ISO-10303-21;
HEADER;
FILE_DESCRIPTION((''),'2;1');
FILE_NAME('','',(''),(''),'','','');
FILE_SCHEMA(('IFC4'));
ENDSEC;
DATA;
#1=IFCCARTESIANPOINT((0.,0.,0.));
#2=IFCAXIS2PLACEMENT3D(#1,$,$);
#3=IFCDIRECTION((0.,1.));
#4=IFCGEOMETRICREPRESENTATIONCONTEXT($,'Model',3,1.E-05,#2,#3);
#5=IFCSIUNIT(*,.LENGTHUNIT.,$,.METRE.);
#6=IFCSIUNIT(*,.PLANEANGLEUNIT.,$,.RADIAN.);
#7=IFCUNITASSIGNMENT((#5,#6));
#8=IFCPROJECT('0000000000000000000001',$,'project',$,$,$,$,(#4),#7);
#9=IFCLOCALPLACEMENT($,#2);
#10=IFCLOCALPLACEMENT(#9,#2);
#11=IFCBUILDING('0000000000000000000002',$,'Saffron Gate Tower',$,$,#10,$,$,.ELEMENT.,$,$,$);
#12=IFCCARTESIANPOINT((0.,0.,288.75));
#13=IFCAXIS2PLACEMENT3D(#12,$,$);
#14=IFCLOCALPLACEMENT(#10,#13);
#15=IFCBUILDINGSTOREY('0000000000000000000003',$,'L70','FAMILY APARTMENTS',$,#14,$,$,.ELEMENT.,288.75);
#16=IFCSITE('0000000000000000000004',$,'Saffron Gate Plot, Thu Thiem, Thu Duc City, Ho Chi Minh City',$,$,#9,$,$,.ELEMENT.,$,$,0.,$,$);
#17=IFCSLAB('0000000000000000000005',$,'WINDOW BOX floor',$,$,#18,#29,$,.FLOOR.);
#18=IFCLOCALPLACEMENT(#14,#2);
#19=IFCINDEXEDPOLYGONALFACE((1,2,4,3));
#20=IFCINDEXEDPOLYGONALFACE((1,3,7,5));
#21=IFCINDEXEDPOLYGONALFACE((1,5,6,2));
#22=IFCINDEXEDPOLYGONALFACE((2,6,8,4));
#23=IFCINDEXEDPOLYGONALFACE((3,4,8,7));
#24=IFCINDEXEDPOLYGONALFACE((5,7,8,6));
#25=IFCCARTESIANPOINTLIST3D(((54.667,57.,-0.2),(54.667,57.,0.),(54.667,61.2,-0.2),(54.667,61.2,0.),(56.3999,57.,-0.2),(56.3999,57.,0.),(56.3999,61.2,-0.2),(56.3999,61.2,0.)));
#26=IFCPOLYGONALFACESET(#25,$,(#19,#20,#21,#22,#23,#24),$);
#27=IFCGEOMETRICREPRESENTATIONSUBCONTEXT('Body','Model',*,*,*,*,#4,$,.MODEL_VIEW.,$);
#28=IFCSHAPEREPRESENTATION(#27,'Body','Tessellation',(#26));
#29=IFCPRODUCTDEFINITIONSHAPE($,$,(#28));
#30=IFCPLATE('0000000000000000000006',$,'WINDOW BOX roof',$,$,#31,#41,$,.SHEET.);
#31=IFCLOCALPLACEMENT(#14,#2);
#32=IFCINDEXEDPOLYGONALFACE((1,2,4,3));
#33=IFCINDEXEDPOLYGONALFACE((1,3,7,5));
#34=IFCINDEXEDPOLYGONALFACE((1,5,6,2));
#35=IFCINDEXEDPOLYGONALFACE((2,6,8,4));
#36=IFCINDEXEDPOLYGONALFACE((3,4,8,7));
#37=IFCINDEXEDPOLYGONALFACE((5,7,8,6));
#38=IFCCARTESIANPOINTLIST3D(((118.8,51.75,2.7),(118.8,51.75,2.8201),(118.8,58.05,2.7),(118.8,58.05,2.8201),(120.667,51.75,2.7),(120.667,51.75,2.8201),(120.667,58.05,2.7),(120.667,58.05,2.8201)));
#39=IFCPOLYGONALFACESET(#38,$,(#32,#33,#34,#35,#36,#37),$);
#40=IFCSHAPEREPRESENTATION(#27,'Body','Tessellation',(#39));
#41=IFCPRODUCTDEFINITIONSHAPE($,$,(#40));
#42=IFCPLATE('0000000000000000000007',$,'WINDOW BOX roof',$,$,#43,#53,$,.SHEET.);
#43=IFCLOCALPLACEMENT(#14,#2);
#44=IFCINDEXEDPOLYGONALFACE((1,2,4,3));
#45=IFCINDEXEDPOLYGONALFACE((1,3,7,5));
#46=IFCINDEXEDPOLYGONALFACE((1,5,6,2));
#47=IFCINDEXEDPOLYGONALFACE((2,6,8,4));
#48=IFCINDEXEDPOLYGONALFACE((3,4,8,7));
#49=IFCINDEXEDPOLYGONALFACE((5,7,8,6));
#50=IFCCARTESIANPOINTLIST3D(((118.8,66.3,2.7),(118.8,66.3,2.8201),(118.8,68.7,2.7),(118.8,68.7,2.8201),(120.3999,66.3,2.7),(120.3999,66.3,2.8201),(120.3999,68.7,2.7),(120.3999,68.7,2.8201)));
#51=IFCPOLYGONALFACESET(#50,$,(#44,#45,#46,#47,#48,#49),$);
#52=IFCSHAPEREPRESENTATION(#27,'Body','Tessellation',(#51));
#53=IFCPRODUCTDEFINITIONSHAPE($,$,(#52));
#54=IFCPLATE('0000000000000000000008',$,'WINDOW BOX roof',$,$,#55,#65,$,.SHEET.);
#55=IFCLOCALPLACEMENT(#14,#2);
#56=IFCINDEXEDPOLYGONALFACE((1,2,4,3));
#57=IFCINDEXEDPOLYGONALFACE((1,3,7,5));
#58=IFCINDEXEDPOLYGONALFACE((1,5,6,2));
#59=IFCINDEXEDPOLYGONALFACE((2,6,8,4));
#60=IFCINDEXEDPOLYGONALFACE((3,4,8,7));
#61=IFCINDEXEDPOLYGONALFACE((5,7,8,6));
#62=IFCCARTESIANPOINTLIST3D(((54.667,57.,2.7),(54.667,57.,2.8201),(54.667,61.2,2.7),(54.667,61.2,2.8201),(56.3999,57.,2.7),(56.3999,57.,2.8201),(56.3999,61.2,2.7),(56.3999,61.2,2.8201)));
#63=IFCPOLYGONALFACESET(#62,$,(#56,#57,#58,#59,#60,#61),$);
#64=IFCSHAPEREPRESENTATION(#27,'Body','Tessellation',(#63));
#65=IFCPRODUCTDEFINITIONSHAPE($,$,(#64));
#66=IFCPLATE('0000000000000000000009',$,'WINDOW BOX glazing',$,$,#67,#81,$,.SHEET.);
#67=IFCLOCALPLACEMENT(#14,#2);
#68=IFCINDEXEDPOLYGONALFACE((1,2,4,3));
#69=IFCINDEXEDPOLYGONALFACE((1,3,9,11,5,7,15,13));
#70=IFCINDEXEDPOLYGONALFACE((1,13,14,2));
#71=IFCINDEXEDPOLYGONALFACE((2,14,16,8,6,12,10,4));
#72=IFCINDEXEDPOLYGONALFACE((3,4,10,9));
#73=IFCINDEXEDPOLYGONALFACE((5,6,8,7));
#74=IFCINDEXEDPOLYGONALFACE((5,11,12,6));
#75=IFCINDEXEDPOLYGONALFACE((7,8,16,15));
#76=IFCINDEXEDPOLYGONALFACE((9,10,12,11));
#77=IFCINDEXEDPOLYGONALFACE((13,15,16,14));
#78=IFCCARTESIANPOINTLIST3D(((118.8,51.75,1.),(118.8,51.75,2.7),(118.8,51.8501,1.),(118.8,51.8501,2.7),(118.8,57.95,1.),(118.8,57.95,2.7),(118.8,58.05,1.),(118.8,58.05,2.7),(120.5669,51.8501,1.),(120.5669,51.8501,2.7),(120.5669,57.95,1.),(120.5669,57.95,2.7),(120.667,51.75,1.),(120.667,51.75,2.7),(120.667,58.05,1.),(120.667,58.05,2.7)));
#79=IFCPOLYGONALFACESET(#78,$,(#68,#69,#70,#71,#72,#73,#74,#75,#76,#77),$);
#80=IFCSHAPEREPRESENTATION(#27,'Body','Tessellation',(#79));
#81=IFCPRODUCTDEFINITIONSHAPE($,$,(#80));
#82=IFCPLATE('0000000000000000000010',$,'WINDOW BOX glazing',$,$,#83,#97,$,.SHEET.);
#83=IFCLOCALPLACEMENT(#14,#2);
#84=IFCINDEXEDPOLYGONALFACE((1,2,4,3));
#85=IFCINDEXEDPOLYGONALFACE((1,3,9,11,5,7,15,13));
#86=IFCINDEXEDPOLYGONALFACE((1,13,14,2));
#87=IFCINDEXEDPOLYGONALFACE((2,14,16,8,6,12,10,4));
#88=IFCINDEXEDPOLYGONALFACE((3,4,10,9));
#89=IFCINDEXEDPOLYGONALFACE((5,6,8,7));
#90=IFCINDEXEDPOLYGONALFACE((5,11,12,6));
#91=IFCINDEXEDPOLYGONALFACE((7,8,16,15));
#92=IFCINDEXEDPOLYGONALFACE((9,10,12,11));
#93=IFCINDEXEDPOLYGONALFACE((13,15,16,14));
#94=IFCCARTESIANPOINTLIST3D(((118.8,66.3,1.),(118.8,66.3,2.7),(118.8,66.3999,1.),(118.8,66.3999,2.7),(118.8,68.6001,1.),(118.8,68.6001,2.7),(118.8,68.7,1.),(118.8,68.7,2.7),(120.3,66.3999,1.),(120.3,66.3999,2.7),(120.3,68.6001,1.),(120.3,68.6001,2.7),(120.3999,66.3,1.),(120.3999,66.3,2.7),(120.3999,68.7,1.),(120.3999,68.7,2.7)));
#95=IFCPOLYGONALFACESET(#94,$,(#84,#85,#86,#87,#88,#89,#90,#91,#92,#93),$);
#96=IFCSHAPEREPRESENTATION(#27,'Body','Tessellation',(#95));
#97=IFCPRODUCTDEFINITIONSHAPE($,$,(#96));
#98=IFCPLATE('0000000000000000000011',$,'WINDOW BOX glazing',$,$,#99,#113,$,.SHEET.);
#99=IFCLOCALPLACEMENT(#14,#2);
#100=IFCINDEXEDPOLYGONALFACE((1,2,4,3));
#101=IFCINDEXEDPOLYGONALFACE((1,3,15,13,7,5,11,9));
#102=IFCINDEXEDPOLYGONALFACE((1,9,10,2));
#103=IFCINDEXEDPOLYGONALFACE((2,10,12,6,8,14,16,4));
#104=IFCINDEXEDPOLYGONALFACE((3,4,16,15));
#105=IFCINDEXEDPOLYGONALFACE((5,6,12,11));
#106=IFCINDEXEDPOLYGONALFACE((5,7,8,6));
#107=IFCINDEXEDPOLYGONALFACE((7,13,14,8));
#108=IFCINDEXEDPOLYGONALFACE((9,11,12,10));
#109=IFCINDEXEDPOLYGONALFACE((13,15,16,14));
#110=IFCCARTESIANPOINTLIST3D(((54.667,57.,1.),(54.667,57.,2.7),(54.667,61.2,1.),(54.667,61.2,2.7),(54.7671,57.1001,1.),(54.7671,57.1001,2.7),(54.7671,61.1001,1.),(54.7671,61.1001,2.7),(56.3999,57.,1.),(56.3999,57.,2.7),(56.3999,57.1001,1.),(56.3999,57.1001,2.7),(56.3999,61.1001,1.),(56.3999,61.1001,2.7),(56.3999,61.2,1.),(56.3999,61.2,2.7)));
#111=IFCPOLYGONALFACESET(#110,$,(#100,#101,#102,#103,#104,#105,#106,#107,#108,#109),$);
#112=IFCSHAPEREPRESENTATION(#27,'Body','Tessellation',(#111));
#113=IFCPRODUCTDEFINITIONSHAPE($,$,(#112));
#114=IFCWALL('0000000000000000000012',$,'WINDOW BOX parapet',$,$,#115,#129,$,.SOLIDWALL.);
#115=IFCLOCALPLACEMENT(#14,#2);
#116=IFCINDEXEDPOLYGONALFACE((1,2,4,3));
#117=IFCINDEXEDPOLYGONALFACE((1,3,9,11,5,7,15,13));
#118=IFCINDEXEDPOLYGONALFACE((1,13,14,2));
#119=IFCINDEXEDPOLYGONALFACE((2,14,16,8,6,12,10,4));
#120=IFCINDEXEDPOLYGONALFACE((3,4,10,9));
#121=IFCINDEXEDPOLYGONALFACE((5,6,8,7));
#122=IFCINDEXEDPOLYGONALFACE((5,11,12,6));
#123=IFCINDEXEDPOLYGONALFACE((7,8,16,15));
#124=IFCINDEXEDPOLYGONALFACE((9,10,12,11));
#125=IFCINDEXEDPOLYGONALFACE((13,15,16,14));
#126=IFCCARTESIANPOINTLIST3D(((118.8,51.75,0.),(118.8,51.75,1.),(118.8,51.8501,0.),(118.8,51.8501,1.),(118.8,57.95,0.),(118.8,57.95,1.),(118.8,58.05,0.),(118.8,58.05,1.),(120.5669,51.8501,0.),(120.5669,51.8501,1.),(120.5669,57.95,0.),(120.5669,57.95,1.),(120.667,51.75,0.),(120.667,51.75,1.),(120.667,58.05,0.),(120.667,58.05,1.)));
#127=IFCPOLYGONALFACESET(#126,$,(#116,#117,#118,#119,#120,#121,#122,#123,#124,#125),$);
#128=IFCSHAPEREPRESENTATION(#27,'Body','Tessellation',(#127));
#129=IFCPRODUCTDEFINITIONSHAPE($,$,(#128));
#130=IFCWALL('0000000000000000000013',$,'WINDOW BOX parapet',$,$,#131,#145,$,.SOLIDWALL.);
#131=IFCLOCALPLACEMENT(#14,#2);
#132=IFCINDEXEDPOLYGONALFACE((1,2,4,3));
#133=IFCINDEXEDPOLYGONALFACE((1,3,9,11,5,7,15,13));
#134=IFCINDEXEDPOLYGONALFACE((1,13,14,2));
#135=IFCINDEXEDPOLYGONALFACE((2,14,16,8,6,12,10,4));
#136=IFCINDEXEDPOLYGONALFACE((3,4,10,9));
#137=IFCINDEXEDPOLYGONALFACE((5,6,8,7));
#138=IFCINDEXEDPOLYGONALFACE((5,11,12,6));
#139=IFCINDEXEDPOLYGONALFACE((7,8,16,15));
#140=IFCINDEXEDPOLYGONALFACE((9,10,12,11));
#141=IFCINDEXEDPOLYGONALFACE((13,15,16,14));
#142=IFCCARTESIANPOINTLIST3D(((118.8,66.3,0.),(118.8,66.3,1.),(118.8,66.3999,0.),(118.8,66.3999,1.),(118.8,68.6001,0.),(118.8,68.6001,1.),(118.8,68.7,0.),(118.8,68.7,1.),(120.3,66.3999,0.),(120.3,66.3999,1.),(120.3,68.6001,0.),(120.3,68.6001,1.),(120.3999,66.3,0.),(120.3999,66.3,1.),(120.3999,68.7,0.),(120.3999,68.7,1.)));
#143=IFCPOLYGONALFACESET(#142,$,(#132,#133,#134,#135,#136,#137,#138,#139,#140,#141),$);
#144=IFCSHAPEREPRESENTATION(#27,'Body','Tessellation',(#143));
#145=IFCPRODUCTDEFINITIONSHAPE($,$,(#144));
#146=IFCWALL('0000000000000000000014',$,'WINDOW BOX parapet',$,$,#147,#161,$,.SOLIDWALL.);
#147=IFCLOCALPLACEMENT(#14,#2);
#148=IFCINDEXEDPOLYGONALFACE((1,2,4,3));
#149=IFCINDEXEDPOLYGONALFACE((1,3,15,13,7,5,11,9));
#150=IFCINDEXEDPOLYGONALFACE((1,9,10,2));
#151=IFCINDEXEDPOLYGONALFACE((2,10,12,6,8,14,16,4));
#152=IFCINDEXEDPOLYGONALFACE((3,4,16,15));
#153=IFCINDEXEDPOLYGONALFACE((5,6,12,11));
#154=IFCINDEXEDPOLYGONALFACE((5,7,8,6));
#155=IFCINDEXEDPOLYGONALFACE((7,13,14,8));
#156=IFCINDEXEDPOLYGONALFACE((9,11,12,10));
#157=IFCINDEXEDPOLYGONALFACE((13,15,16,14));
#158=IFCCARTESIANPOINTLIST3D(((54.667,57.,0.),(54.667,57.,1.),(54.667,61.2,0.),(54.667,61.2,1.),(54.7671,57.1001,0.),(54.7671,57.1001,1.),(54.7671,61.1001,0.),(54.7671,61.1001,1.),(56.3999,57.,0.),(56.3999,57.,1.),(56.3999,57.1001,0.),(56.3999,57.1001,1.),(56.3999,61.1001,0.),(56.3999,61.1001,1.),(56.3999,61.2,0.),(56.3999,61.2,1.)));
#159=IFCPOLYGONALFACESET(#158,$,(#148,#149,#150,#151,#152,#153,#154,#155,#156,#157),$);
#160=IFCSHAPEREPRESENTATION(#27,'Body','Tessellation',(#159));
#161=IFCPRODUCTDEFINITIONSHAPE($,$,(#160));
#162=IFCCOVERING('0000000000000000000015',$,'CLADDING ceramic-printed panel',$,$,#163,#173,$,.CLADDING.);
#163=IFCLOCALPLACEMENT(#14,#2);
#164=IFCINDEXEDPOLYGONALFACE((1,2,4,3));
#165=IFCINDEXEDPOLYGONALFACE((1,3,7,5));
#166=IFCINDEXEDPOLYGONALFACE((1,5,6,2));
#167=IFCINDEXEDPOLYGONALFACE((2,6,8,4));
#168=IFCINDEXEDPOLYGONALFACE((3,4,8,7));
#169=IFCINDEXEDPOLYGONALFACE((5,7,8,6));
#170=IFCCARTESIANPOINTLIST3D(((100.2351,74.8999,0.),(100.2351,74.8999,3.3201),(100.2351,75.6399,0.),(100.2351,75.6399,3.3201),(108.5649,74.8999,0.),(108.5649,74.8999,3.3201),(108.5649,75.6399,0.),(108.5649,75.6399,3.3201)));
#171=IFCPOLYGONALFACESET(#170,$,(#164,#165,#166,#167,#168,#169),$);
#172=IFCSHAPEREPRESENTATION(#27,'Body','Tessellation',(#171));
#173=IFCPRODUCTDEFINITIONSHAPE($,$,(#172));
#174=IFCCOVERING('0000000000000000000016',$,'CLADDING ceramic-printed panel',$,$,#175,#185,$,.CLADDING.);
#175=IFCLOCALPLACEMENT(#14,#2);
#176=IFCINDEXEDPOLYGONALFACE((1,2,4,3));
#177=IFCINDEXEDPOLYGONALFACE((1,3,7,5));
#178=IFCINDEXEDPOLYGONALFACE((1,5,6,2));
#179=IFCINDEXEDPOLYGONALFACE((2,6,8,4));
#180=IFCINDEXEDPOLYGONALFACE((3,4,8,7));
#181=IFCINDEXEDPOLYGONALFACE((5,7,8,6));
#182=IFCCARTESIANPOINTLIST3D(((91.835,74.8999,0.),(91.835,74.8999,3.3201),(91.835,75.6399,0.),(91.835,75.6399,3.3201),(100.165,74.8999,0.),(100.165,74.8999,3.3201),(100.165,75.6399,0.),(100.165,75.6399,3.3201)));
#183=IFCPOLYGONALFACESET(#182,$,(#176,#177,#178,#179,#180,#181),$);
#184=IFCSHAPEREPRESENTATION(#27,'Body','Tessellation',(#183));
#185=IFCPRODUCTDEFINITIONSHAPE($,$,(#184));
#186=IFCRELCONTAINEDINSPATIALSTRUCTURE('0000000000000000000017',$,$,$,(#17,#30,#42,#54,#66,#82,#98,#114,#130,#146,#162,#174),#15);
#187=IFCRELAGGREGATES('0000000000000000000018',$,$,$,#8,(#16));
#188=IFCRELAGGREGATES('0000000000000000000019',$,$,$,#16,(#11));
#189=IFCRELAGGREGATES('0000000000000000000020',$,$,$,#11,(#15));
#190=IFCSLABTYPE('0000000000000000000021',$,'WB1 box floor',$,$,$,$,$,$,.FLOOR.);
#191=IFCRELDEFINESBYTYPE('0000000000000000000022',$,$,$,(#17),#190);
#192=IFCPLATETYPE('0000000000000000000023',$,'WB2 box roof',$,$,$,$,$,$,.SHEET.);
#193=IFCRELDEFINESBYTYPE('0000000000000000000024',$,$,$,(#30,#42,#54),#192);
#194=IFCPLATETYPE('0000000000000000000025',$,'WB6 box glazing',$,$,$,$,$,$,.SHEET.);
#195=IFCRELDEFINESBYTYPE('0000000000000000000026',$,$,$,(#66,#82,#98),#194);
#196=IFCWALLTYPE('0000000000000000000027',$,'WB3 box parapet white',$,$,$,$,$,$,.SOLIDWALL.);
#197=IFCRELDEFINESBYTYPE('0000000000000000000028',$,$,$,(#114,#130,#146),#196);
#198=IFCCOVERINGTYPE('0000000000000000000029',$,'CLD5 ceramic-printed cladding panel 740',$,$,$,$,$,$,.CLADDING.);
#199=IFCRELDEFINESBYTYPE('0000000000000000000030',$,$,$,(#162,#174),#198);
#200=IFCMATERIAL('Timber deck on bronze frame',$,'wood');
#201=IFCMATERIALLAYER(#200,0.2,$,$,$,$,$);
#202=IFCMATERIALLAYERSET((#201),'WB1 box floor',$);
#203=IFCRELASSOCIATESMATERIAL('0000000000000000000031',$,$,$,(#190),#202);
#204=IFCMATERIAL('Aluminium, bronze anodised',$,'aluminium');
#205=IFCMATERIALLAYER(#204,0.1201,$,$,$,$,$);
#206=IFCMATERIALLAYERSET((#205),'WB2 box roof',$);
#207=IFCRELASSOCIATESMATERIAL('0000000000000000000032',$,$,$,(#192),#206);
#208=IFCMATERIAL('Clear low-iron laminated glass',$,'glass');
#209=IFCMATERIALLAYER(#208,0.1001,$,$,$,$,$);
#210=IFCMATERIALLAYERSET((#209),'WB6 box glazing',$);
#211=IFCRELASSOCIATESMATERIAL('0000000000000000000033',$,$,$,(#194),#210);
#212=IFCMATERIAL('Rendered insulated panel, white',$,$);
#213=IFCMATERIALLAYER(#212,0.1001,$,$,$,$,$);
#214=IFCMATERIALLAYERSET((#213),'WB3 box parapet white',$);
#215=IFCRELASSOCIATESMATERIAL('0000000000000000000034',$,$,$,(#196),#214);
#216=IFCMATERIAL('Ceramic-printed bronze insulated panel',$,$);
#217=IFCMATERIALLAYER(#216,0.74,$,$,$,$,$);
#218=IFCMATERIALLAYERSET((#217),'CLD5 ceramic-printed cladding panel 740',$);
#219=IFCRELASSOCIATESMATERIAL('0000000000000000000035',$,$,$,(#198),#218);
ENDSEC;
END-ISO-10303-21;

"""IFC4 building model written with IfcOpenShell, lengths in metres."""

from ifc_helpers import new_model, si_unit, direction, frame, origin, place, context, subcontext, project, spatial, polyline, outline, extrude, material, layer, layer_set, type_object, element, save


model = new_model("IFC4")

# Units and contexts
model_context = context("Model", 3, precision=1e-05, world=origin(), true_north=direction((0.0, 1.0)))
body_context = subcontext(model_context, "Body", "Model", "MODEL_VIEW")
ifc_project = project(units=[si_unit("LENGTHUNIT", "METRE"), si_unit("PLANEANGLEUNIT", "RADIAN")], contexts=[model_context])

# Site, building, storey
site_placement = place(None, origin())
site = spatial("IfcSite", under=ifc_project, at=site_placement, Name="Saffron Gate Plot, Thu Thiem, Thu Duc City, Ho Chi Minh City", CompositionType="ELEMENT", RefElevation=0.0)
building_placement = place(site_placement, origin())
building = spatial("IfcBuilding", under=site, at=building_placement, Name="Saffron Gate Tower", CompositionType="ELEMENT")
storey_placement = place(building_placement, frame((0.0, 0.0, 288.75)))
storey = spatial("IfcBuildingStorey", under=building, at=storey_placement, Name="L70", Description="FAMILY APARTMENTS", CompositionType="ELEMENT", Elevation=288.75)

# Slab
ifc_material_1 = material(Name="Timber deck on bronze frame", Category="wood")
ifc_layer_1 = layer(ifc_material_1, 0.2)
ifc_layer_set_1 = layer_set([ifc_layer_1], Name="WB1 box floor")
slab_type_1 = type_object("IfcSlabType", Name="WB1 box floor", PredefinedType="FLOOR", material=ifc_layer_set_1)
slab_1_placement = place(storey_placement, frame((0.0, 0.0, -0.2)))
element("IfcSlab", 1, at=slab_1_placement, inside=storey, type_object=slab_type_1, Name="WINDOW BOX floor", PredefinedType="FLOOR", context=body_context, shape_type="SweptSolid", body=[
    extrude(outline(polyline([(56.3999, 61.2), (56.3999, 57.0), (54.667, 57.0), (54.667, 61.2), (56.3999, 61.2)])), origin(), (0.0, 0.0, 1.0), 0.2),
])

# Plates
ifc_material_2 = material(Name="Aluminium, bronze anodised", Category="aluminium")
ifc_layer_2 = layer(ifc_material_2, 0.1201)
ifc_layer_set_2 = layer_set([ifc_layer_2], Name="WB2 box roof")
plate_type_1 = type_object("IfcPlateType", Name="WB2 box roof", PredefinedType="SHEET", material=ifc_layer_set_2)
plate_1_placement = place(storey_placement, frame((0.0, 0.0, 2.7)))
element("IfcPlate", 2, at=plate_1_placement, inside=storey, type_object=plate_type_1, Name="WINDOW BOX roof", PredefinedType="SHEET", context=body_context, shape_type="SweptSolid", body=[
    extrude(outline(polyline([(118.8, 51.75), (118.8, 58.05), (120.667, 58.05), (120.667, 51.75), (118.8, 51.75)])), origin(), (0.0, 0.0, 1.0), 0.1201),
])
plate_2_placement = place(storey_placement, frame((0.0, 0.0, 2.7)))
element("IfcPlate", 3, at=plate_2_placement, inside=storey, type_object=plate_type_1, Name="WINDOW BOX roof", PredefinedType="SHEET", context=body_context, shape_type="SweptSolid", body=[
    extrude(outline(polyline([(118.8, 66.3), (118.8, 68.7), (120.3999, 68.7), (120.3999, 66.3), (118.8, 66.3)])), origin(), (0.0, 0.0, 1.0), 0.1201),
])
plate_3_placement = place(storey_placement, frame((0.0, 0.0, 2.7)))
element("IfcPlate", 4, at=plate_3_placement, inside=storey, type_object=plate_type_1, Name="WINDOW BOX roof", PredefinedType="SHEET", context=body_context, shape_type="SweptSolid", body=[
    extrude(outline(polyline([(56.3999, 61.2), (56.3999, 57.0), (54.667, 57.0), (54.667, 61.2), (56.3999, 61.2)])), origin(), (0.0, 0.0, 1.0), 0.1201),
])
ifc_material_3 = material(Name="Clear low-iron laminated glass", Category="glass")
ifc_layer_3 = layer(ifc_material_3, 0.1001)
ifc_layer_set_3 = layer_set([ifc_layer_3], Name="WB6 box glazing")
plate_type_2 = type_object("IfcPlateType", Name="WB6 box glazing", PredefinedType="SHEET", material=ifc_layer_set_3)
plate_4_placement = place(storey_placement, frame((0.0, 0.0, 1.0)))
element("IfcPlate", 5, at=plate_4_placement, inside=storey, type_object=plate_type_2, Name="WINDOW BOX glazing", PredefinedType="SHEET", context=body_context, shape_type="SweptSolid", body=[
    extrude(outline(polyline([(118.8, 51.75), (118.8, 51.8501), (120.5669, 51.8501), (120.5669, 57.95), (118.8, 57.95), (118.8, 58.05), (120.667, 58.05), (120.667, 51.75), (118.8, 51.75)])), origin(), (0.0, 0.0, 1.0), 1.7),
])
plate_5_placement = place(storey_placement, frame((0.0, 0.0, 1.0)))
element("IfcPlate", 6, at=plate_5_placement, inside=storey, type_object=plate_type_2, Name="WINDOW BOX glazing", PredefinedType="SHEET", context=body_context, shape_type="SweptSolid", body=[
    extrude(outline(polyline([(118.8, 66.3), (118.8, 66.3999), (120.3, 66.3999), (120.3, 68.6001), (118.8, 68.6001), (118.8, 68.7), (120.3999, 68.7), (120.3999, 66.3), (118.8, 66.3)])), origin(), (0.0, 0.0, 1.0), 1.7),
])
plate_6_placement = place(storey_placement, frame((0.0, 0.0, 1.0)))
element("IfcPlate", 7, at=plate_6_placement, inside=storey, type_object=plate_type_2, Name="WINDOW BOX glazing", PredefinedType="SHEET", context=body_context, shape_type="SweptSolid", body=[
    extrude(outline(polyline([(56.3999, 61.2), (56.3999, 61.1001), (54.7671, 61.1001), (54.7671, 57.1001), (56.3999, 57.1001), (56.3999, 57.0), (54.667, 57.0), (54.667, 61.2), (56.3999, 61.2)])), origin(), (0.0, 0.0, 1.0), 1.7),
])

# Walls
ifc_material_4 = material(Name="Rendered insulated panel, white")
ifc_layer_4 = layer(ifc_material_4, 0.1001)
ifc_layer_set_4 = layer_set([ifc_layer_4], Name="WB3 box parapet white")
wall_type = type_object("IfcWallType", Name="WB3 box parapet white", PredefinedType="SOLIDWALL", material=ifc_layer_set_4)
wall_1_placement = place(storey_placement, origin())
element("IfcWall", 8, at=wall_1_placement, inside=storey, type_object=wall_type, Name="WINDOW BOX parapet", PredefinedType="SOLIDWALL", context=body_context, shape_type="SweptSolid", body=[
    extrude(outline(polyline([(118.8, 51.75), (118.8, 51.8501), (120.5669, 51.8501), (120.5669, 57.95), (118.8, 57.95), (118.8, 58.05), (120.667, 58.05), (120.667, 51.75), (118.8, 51.75)])), origin(), (0.0, 0.0, 1.0), 1.0),
])
wall_2_placement = place(storey_placement, origin())
element("IfcWall", 9, at=wall_2_placement, inside=storey, type_object=wall_type, Name="WINDOW BOX parapet", PredefinedType="SOLIDWALL", context=body_context, shape_type="SweptSolid", body=[
    extrude(outline(polyline([(118.8, 66.3), (118.8, 66.3999), (120.3, 66.3999), (120.3, 68.6001), (118.8, 68.6001), (118.8, 68.7), (120.3999, 68.7), (120.3999, 66.3), (118.8, 66.3)])), origin(), (0.0, 0.0, 1.0), 1.0),
])
wall_3_placement = place(storey_placement, origin())
element("IfcWall", 10, at=wall_3_placement, inside=storey, type_object=wall_type, Name="WINDOW BOX parapet", PredefinedType="SOLIDWALL", context=body_context, shape_type="SweptSolid", body=[
    extrude(outline(polyline([(56.3999, 61.2), (56.3999, 61.1001), (54.7671, 61.1001), (54.7671, 57.1001), (56.3999, 57.1001), (56.3999, 57.0), (54.667, 57.0), (54.667, 61.2), (56.3999, 61.2)])), origin(), (0.0, 0.0, 1.0), 1.0),
])

# Coverings
ifc_material_5 = material(Name="Ceramic-printed bronze insulated panel")
ifc_layer_5 = layer(ifc_material_5, 0.74)
ifc_layer_set_5 = layer_set([ifc_layer_5], Name="CLD5 ceramic-printed cladding panel 740")
covering_type = type_object("IfcCoveringType", Name="CLD5 ceramic-printed cladding panel 740", PredefinedType="CLADDING", material=ifc_layer_set_5)
covering_1_placement = place(storey_placement, origin())
element("IfcCovering", 11, at=covering_1_placement, inside=storey, type_object=covering_type, Name="CLADDING ceramic-printed panel", PredefinedType="CLADDING", context=body_context, shape_type="SweptSolid", body=[
    extrude(outline(polyline([(108.5649, 75.6399), (100.2351, 75.6399), (100.2351, 74.8999), (108.5649, 74.8999), (108.5649, 75.6399)])), origin(), (0.0, 0.0, 1.0), 3.3201),
])
covering_2_placement = place(storey_placement, origin())
element("IfcCovering", 12, at=covering_2_placement, inside=storey, type_object=covering_type, Name="CLADDING ceramic-printed panel", PredefinedType="CLADDING", context=body_context, shape_type="SweptSolid", body=[
    extrude(outline(polyline([(100.165, 75.6399), (91.835, 75.6399), (91.835, 74.8999), (100.165, 74.8999), (100.165, 75.6399)])), origin(), (0.0, 0.0, 1.0), 3.3201),
])

save(model, "model.ifc")
